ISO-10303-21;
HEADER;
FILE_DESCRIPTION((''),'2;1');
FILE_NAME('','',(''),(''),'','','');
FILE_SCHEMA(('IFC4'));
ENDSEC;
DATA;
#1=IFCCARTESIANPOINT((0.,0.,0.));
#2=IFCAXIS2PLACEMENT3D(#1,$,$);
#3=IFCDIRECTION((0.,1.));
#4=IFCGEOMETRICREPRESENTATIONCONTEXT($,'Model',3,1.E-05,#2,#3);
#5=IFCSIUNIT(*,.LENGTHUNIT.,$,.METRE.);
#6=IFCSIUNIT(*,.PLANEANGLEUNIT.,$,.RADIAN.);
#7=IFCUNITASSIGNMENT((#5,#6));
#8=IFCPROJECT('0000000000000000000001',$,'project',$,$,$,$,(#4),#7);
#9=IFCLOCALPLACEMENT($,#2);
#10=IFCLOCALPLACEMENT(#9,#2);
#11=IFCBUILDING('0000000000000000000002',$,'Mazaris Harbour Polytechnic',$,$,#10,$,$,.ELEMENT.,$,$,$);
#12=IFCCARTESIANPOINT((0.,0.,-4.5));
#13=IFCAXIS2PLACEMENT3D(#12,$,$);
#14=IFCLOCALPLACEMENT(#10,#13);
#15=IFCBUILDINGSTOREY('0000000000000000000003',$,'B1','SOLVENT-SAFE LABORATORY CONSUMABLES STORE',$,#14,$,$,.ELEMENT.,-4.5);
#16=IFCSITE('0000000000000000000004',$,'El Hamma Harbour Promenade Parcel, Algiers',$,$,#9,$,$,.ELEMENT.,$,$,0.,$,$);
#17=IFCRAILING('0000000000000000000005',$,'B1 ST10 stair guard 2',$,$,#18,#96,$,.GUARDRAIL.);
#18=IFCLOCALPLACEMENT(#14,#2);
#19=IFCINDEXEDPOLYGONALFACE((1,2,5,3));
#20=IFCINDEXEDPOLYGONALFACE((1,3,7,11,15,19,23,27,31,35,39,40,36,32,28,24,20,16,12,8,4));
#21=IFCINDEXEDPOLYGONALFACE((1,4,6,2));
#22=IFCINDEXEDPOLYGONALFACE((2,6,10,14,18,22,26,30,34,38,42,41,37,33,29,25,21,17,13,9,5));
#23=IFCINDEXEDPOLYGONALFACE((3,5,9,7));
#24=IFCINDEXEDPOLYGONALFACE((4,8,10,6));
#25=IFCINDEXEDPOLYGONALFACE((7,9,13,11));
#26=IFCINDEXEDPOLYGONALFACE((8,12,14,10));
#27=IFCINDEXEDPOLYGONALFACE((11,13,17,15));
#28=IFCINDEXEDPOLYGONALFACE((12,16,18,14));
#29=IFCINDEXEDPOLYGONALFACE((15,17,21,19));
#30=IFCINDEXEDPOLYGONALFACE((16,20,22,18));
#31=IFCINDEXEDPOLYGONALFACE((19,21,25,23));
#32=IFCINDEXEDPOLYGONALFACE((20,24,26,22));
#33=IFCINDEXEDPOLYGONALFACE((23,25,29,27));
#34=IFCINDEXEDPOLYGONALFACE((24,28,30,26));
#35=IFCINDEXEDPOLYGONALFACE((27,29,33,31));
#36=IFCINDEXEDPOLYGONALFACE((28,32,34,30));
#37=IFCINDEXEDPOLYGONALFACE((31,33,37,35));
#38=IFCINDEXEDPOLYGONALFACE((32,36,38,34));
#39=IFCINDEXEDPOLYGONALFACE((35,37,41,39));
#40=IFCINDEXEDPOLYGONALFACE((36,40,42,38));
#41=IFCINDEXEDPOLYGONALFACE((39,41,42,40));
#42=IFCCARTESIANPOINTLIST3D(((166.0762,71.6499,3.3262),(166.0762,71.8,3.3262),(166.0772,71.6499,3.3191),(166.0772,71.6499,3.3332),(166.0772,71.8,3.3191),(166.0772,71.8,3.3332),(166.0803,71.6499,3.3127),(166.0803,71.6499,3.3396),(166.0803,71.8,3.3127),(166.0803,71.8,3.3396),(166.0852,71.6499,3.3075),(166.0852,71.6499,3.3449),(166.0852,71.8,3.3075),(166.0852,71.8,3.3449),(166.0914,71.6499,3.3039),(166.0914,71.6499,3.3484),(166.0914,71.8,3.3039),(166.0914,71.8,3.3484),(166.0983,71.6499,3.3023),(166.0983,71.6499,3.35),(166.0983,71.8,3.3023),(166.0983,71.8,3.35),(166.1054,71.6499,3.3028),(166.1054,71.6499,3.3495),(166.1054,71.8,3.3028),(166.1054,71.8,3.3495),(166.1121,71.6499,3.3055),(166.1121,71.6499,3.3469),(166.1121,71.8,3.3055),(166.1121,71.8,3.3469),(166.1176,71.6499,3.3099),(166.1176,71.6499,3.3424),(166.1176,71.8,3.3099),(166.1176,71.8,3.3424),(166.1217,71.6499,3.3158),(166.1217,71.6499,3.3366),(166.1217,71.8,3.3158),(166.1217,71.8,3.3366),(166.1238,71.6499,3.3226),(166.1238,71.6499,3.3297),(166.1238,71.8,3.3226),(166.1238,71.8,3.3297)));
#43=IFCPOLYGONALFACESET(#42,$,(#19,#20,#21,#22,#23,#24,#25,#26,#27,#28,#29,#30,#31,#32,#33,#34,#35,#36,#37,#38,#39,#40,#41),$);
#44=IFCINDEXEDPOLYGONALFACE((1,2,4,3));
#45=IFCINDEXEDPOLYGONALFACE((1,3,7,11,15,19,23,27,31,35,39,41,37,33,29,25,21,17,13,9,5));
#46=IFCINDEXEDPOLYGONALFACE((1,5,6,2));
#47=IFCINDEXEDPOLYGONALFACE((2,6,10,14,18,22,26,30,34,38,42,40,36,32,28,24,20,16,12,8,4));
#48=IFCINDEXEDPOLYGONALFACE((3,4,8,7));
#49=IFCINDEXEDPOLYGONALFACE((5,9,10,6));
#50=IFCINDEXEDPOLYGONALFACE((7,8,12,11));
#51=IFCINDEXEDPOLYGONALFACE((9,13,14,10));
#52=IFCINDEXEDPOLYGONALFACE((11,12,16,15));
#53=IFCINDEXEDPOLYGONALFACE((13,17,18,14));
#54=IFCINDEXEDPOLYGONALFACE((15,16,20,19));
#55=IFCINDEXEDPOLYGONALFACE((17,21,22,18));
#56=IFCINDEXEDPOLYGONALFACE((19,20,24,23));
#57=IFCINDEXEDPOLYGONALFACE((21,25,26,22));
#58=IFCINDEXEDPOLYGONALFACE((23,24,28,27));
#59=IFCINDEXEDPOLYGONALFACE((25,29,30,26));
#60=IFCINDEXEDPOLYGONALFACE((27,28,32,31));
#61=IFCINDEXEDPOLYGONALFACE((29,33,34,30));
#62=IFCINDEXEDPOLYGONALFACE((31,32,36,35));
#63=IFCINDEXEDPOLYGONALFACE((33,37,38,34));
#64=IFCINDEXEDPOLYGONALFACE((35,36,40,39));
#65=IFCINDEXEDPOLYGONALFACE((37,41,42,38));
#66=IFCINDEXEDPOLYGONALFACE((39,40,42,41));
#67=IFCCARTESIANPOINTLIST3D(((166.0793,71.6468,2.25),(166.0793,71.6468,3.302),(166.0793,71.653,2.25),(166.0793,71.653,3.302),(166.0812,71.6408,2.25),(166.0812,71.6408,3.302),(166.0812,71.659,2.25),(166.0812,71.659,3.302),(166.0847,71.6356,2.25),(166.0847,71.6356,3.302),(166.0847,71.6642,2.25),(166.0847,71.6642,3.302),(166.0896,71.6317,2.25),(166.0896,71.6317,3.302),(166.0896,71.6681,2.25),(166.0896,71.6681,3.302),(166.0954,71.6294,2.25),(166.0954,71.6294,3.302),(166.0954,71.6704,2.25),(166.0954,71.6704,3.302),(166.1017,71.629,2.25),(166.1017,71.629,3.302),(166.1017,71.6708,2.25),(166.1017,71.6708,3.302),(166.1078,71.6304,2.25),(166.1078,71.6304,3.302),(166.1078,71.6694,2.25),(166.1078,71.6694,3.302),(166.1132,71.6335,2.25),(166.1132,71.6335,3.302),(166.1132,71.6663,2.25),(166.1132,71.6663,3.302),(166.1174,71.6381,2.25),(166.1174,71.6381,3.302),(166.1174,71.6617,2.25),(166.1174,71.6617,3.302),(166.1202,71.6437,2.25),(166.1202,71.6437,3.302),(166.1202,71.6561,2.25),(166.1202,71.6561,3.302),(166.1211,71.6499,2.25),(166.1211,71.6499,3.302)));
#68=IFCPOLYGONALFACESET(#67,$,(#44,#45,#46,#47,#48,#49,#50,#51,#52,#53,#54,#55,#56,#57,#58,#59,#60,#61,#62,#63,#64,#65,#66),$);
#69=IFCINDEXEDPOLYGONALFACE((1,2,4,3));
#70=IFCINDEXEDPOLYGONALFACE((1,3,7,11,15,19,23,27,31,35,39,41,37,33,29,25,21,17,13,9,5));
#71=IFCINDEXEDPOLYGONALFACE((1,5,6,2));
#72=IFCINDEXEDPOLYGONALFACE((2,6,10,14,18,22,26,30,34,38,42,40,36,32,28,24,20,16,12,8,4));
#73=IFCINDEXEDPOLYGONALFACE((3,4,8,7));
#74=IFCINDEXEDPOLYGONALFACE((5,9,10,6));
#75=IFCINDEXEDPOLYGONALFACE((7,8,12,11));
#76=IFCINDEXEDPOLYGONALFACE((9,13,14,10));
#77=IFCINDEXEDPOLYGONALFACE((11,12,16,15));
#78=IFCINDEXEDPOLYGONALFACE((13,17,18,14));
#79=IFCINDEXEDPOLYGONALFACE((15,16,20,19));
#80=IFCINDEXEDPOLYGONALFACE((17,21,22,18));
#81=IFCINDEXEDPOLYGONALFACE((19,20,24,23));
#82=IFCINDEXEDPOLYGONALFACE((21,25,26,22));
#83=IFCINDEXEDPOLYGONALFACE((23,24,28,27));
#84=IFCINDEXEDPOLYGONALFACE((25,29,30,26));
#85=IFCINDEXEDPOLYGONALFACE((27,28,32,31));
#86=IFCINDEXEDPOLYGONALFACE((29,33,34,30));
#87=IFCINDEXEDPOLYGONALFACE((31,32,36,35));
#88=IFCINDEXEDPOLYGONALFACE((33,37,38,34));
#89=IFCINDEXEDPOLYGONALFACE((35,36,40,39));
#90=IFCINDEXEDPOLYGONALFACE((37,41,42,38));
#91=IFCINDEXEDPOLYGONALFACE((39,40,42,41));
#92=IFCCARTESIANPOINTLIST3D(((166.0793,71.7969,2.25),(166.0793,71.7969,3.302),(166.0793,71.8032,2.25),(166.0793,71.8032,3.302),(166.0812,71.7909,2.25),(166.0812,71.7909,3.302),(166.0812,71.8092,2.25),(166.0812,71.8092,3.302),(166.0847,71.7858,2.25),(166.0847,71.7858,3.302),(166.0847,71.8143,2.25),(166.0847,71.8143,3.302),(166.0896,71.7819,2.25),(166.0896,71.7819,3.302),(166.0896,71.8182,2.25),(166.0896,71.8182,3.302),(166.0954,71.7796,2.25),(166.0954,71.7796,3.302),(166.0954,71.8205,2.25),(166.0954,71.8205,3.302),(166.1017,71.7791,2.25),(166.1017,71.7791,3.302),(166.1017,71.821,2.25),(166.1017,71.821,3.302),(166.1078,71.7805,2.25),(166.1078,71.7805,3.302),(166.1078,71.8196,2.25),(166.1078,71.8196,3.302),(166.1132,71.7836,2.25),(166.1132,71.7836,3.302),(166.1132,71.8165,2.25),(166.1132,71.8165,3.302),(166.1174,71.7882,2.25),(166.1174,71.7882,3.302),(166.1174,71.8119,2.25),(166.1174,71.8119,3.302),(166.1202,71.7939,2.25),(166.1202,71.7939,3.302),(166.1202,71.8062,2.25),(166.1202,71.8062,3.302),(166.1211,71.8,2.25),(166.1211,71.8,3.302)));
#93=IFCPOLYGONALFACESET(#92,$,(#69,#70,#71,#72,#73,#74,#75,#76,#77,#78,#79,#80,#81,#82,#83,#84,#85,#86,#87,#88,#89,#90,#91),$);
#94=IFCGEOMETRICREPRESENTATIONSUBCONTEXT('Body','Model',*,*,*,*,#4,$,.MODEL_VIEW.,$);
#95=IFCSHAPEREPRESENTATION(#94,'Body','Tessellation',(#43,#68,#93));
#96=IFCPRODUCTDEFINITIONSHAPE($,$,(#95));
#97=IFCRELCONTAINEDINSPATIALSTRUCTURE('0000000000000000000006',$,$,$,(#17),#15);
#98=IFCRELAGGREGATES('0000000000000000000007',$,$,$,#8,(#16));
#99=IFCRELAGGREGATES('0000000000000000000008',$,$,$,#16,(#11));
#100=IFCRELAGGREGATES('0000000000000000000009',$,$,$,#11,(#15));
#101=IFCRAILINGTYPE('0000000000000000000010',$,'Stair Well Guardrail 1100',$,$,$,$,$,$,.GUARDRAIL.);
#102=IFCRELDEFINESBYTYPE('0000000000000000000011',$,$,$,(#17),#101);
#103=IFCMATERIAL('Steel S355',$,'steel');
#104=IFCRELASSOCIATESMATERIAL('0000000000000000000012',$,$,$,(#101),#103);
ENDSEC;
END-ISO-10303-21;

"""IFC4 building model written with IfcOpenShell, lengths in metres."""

from ifc_helpers import new_model, si_unit, direction, frame, origin, origin_2d, place, context, subcontext, project, spatial, circle, extrude, material, type_object, element, save


model = new_model("IFC4")

# Units and contexts
model_context = context("Model", 3, precision=1e-05, world=origin(), true_north=direction((0.0, 1.0)))
body_context = subcontext(model_context, "Body", "Model", "MODEL_VIEW")
ifc_project = project(units=[si_unit("LENGTHUNIT", "METRE"), si_unit("PLANEANGLEUNIT", "RADIAN")], contexts=[model_context])

# Site, building, storey
site_placement = place(None, origin())
site = spatial("IfcSite", under=ifc_project, at=site_placement, Name="El Hamma Harbour Promenade Parcel, Algiers", CompositionType="ELEMENT", RefElevation=0.0)
building_placement = place(site_placement, origin())
building = spatial("IfcBuilding", under=site, at=building_placement, Name="Mazaris Harbour Polytechnic", CompositionType="ELEMENT")
storey_placement = place(building_placement, frame((0.0, 0.0, -4.5)))
storey = spatial("IfcBuildingStorey", under=building, at=storey_placement, Name="B1", Description="SOLVENT-SAFE LABORATORY CONSUMABLES STORE", CompositionType="ELEMENT", Elevation=-4.5)

# Railing
ifc_material_1 = material(Name="Steel S355", Category="steel")
railing_type_1 = type_object("IfcRailingType", Name="Stair Well Guardrail 1100", PredefinedType="GUARDRAIL", material=ifc_material_1)
railing_1_placement = place(storey_placement, frame((166.1001, 71.6499, 2.25)))
element("IfcRailing", 1, at=railing_1_placement, inside=storey, type_object=railing_type_1, Name="B1 ST10 stair guard 2", PredefinedType="GUARDRAIL", context=body_context, shape_type="SweptSolid", body=[
    extrude(circle(Radius=0.0239, at=origin_2d()), frame((0.0, 0.0, 1.0762), z_axis=(0.0, 1.0, 0.0), x_axis=(-1.0, 0.0, 0.0)), (0.0, 0.0, 1.0), 0.1501),
    extrude(circle(Radius=0.021, at=origin_2d()), origin(), (0.0, 0.0, 1.0), 1.052),
    extrude(circle(Radius=0.021, at=origin_2d()), frame((0.0, 0.1501, 0.0)), (0.0, 0.0, 1.0), 1.052),
])

save(model, "model.ifc")
